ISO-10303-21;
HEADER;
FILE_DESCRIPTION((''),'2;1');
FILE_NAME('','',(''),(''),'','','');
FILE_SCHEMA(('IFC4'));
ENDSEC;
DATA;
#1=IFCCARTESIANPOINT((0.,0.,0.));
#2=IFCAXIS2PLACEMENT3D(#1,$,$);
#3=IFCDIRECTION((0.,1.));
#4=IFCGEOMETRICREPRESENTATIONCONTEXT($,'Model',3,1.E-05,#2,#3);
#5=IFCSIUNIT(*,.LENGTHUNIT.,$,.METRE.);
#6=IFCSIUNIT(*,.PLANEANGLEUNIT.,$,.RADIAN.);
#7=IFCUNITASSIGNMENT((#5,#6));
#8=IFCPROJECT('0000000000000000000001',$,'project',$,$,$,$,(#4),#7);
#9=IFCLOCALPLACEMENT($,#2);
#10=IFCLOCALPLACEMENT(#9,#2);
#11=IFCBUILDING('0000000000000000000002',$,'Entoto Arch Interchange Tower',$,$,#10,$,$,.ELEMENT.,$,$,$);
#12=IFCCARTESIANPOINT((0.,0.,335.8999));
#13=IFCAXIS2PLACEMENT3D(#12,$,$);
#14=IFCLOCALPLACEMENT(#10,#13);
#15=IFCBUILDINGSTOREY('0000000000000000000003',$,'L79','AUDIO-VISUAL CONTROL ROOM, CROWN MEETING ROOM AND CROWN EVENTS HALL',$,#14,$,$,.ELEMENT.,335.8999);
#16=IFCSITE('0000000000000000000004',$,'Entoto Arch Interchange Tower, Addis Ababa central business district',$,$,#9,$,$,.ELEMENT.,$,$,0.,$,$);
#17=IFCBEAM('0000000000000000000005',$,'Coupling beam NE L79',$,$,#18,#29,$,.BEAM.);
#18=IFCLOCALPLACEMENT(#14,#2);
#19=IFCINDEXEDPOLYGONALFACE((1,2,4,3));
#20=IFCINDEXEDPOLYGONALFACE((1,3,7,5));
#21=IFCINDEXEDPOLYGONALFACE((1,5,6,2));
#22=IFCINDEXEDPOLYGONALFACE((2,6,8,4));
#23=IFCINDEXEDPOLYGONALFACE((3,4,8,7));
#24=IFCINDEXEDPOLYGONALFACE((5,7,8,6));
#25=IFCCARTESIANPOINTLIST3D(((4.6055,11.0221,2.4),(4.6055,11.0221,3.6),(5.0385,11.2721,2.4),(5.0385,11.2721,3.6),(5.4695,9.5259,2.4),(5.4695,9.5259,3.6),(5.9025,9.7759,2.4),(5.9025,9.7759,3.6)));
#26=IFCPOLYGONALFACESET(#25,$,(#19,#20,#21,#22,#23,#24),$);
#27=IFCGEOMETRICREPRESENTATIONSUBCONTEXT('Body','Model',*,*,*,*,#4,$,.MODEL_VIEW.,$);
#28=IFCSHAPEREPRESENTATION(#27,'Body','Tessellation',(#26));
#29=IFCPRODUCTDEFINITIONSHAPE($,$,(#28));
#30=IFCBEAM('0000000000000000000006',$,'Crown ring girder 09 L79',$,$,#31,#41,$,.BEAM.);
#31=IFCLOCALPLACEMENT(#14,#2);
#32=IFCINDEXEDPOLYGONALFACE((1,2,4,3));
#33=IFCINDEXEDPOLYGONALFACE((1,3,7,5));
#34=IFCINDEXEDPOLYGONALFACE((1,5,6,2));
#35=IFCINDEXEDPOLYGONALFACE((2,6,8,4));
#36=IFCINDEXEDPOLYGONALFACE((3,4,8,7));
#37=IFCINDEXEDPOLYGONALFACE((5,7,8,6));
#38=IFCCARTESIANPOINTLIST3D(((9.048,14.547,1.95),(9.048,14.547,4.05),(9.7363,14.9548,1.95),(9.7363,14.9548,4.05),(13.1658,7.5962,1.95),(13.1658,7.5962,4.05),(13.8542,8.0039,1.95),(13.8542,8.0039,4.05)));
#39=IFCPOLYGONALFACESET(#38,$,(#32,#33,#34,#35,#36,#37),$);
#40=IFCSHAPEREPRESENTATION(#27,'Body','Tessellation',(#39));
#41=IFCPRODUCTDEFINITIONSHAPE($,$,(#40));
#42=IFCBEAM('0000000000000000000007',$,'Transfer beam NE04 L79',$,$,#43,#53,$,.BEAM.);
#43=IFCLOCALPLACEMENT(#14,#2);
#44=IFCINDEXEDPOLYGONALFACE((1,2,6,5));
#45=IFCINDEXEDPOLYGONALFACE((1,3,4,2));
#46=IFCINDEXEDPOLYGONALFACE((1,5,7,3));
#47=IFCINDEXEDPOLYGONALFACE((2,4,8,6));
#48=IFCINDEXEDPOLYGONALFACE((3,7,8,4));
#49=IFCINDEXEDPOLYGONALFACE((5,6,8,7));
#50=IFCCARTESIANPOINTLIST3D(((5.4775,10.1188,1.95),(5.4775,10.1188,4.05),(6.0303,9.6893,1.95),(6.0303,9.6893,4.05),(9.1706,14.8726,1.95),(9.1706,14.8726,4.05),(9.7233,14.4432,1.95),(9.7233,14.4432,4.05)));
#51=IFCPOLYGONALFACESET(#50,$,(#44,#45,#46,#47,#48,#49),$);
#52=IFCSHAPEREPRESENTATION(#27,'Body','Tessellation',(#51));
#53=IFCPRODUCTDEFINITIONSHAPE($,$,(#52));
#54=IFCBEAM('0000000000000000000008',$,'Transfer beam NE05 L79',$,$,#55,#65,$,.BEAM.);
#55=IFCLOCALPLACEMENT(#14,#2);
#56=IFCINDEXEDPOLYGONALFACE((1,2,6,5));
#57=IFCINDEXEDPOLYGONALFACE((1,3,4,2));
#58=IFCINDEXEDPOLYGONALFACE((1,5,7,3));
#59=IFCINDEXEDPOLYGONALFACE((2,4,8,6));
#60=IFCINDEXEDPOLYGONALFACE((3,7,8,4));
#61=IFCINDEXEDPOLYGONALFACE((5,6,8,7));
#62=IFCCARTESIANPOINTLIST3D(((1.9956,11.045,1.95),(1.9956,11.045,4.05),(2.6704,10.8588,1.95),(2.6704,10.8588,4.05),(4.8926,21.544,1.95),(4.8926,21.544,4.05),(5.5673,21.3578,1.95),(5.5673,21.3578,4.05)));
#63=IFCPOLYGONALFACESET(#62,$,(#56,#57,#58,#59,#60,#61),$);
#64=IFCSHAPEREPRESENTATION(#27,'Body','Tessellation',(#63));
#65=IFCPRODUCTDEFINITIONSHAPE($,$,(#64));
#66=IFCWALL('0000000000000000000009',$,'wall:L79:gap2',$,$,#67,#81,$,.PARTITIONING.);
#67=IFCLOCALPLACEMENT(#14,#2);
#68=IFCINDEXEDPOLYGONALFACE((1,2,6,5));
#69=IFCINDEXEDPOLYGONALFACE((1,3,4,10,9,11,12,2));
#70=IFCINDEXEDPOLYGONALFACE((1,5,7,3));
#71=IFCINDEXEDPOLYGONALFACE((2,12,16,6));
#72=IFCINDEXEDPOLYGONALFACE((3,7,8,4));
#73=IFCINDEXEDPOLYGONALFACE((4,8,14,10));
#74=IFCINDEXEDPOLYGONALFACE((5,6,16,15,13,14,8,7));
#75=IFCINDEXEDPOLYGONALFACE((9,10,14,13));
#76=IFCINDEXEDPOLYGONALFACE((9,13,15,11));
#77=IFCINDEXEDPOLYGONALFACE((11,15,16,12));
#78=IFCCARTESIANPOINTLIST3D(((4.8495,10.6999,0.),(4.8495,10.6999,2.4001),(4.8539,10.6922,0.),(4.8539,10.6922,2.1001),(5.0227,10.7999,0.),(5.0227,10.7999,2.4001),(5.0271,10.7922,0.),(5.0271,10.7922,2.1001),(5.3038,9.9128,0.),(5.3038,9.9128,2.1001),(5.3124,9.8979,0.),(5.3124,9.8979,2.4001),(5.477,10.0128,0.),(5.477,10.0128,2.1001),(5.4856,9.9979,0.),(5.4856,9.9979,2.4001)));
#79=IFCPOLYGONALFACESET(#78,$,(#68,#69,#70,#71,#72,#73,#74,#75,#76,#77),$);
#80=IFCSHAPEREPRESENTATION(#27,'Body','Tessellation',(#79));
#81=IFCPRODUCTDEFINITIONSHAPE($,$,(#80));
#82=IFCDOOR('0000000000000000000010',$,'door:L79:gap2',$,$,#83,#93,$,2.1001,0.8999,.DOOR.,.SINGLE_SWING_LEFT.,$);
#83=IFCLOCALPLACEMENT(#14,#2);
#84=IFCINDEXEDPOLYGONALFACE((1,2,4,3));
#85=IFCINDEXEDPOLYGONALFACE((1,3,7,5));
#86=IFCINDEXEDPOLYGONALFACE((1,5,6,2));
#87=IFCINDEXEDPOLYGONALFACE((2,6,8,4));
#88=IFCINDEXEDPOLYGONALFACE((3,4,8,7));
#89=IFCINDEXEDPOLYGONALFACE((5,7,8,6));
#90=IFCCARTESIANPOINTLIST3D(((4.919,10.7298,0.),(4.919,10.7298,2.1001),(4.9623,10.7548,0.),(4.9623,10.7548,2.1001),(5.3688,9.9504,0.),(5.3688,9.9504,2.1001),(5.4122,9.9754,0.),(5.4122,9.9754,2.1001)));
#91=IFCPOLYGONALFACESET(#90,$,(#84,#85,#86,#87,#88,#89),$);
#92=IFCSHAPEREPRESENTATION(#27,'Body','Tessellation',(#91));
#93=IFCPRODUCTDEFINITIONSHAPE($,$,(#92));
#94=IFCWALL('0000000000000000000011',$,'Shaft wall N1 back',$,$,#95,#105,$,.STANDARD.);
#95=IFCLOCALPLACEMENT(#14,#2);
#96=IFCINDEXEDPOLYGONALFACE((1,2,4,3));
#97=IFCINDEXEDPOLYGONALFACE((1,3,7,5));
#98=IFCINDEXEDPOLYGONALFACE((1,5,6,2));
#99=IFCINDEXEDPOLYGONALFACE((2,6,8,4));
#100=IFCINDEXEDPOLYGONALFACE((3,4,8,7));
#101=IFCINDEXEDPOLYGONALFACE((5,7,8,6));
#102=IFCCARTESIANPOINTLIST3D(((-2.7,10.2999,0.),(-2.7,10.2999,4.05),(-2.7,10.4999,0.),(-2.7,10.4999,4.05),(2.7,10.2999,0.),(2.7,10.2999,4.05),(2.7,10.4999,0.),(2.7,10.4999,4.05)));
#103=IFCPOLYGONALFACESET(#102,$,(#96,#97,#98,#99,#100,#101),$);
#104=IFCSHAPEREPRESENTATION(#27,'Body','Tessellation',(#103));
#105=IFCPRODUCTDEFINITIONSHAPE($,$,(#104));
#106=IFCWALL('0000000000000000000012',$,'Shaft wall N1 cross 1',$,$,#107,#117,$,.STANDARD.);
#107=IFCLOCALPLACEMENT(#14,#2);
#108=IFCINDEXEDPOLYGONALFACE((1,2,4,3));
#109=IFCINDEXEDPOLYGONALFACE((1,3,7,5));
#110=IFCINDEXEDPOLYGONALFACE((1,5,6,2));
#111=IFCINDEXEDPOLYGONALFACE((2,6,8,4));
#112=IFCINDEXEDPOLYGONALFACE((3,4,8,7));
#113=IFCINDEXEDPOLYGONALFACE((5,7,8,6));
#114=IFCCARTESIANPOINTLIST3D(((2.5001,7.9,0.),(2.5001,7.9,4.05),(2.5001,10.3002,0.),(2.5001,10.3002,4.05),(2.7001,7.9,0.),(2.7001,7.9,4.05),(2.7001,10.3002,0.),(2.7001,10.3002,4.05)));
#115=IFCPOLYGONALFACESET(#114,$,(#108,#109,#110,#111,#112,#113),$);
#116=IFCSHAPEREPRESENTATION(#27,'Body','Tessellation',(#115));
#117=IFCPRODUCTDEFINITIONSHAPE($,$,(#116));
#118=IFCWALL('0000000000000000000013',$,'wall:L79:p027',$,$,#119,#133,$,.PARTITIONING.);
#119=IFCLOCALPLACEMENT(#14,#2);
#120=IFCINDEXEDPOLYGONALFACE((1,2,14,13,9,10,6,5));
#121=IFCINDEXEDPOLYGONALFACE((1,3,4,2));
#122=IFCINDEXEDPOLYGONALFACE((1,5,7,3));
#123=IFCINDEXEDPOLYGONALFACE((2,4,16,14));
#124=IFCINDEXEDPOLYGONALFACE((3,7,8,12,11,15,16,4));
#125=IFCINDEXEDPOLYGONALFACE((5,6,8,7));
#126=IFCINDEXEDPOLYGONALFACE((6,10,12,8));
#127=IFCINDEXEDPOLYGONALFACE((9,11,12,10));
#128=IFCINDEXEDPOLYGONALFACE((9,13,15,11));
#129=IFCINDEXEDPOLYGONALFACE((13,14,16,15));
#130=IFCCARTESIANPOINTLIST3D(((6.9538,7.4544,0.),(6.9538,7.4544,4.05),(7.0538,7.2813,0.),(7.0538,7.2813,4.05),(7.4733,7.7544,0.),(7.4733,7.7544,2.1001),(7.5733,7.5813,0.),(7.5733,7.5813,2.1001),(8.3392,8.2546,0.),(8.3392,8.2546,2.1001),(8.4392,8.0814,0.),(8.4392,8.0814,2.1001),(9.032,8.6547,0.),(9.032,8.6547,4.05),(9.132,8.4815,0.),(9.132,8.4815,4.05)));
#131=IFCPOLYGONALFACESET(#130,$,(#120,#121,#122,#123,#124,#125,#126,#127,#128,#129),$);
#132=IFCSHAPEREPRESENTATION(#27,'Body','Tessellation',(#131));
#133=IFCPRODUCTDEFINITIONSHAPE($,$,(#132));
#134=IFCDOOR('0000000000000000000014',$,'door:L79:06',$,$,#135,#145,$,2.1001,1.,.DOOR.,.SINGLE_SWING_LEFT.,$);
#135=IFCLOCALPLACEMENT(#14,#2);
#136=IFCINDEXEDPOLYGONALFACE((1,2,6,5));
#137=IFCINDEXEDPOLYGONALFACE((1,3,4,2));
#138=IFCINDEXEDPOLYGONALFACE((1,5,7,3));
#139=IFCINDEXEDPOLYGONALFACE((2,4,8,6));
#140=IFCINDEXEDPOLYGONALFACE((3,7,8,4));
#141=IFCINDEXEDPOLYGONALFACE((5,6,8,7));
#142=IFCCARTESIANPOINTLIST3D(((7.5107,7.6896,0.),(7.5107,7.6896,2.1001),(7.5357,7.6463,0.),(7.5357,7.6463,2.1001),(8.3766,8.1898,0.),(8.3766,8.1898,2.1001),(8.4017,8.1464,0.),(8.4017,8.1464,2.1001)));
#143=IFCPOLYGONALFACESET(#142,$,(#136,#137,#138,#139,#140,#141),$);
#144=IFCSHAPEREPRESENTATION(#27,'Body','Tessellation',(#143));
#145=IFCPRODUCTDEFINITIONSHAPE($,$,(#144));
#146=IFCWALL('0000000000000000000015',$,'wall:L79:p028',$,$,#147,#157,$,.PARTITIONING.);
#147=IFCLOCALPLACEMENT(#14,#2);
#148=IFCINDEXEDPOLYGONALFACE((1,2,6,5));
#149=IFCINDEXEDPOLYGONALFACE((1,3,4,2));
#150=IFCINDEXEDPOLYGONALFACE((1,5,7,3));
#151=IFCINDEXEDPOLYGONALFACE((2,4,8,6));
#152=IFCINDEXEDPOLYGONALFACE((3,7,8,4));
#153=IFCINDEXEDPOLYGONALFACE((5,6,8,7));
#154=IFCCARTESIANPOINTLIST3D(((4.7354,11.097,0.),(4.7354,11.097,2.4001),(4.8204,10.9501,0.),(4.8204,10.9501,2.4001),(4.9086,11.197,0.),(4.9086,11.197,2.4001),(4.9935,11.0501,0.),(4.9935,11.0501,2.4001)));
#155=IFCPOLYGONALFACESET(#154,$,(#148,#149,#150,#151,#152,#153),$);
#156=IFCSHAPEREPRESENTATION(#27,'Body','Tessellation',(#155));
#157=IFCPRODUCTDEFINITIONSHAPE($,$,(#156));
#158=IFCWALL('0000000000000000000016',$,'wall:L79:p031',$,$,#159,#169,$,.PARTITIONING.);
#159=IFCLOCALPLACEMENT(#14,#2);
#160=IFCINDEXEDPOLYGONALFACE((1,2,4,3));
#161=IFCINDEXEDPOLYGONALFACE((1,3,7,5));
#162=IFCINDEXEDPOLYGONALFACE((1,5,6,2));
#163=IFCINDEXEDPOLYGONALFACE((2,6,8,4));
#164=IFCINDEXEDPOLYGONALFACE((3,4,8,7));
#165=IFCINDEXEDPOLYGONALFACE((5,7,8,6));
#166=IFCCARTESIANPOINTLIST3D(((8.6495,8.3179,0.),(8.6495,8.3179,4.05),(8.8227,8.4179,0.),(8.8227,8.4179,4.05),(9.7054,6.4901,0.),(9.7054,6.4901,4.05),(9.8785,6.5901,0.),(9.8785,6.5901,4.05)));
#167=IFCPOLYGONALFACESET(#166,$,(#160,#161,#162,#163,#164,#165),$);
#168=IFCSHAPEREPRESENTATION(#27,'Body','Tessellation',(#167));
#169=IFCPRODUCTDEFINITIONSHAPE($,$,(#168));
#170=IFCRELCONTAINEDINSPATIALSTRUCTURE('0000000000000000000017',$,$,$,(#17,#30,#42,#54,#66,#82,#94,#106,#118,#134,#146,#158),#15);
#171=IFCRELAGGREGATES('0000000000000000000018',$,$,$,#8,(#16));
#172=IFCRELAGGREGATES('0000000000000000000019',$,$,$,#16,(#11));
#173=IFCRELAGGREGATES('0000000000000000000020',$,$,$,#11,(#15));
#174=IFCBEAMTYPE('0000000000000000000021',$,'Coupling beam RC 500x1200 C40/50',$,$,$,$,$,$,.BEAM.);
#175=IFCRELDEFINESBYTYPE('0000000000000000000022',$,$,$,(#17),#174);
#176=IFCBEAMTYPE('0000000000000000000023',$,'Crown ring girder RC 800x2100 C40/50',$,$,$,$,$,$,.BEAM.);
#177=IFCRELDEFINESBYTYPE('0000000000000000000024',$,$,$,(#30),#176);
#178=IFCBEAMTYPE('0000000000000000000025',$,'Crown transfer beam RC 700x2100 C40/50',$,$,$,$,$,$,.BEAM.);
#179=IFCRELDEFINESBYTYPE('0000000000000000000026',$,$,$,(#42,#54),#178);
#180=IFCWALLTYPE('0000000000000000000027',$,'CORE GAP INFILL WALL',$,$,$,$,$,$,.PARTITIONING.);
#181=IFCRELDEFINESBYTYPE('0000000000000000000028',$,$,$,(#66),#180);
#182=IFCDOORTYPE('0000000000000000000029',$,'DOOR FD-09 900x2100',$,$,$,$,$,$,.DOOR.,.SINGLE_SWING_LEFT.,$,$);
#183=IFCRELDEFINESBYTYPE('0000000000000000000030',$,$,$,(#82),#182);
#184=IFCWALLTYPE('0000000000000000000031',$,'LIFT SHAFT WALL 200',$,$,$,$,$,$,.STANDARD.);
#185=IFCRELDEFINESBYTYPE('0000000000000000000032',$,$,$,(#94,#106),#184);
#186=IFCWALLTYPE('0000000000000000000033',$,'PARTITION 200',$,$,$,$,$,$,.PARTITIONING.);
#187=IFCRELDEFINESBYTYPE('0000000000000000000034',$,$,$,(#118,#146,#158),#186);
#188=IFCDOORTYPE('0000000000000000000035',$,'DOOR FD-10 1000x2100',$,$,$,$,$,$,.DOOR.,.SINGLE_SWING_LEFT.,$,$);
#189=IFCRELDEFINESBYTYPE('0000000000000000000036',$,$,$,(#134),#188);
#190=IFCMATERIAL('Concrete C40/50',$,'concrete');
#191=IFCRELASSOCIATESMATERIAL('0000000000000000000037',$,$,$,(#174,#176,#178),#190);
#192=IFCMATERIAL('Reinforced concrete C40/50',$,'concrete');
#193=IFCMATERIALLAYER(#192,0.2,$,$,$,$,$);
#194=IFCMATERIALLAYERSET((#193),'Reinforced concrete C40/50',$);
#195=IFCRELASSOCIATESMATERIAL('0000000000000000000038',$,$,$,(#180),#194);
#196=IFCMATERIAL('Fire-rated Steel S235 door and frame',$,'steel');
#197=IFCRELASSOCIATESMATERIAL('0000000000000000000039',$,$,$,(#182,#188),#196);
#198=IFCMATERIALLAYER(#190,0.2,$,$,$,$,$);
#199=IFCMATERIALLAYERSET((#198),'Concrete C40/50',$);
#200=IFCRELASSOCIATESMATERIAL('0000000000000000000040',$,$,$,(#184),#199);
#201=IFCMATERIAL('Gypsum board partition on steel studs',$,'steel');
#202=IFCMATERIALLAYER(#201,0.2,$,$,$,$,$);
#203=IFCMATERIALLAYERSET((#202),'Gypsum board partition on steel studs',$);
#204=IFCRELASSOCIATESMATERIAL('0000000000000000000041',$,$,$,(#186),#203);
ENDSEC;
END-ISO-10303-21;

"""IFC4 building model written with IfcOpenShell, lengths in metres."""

from ifc_helpers import new_model, si_unit, direction, frame, frame_2d, origin, origin_2d, place, context, subcontext, project, spatial, rectangle, extrude, material, layer, layer_set, material_profile, profile_set, type_object, element, fill, save


model = new_model("IFC4")

# Units and contexts
model_context = context("Model", 3, precision=1e-05, world=origin(), true_north=direction((0.0, 1.0)))
body_context = subcontext(model_context, "Body", "Model", "MODEL_VIEW")
ifc_project = project(units=[si_unit("LENGTHUNIT", "METRE"), si_unit("PLANEANGLEUNIT", "RADIAN")], contexts=[model_context])

# Site, building, storey
site_placement = place(None, origin())
site = spatial("IfcSite", under=ifc_project, at=site_placement, Name="Entoto Arch Interchange Tower, Addis Ababa central business district", CompositionType="ELEMENT", RefElevation=0.0)
building_placement = place(site_placement, origin())
building = spatial("IfcBuilding", under=site, at=building_placement, Name="Entoto Arch Interchange Tower", CompositionType="ELEMENT")
storey_placement = place(building_placement, frame((0.0, 0.0, 335.8999)))
storey = spatial("IfcBuildingStorey", under=building, at=storey_placement, Name="L79", Description="AUDIO-VISUAL CONTROL ROOM, CROWN MEETING ROOM AND CROWN EVENTS HALL", CompositionType="ELEMENT", Elevation=335.8999)

# Beams
ifc_material_1 = material(Name="Concrete C40/50", Category="concrete")
ifc_material_profile_1 = material_profile(ifc_material_1, rectangle(XDim=0.5, YDim=1.2, at=origin_2d()))
ifc_profile_set_1 = profile_set([ifc_material_profile_1], Name="Concrete C40/50")
beam_type_1 = type_object("IfcBeamType", Name="Coupling beam RC 500x1200 C40/50", PredefinedType="BEAM", material=ifc_profile_set_1)
beam_1_placement = place(storey_placement, frame((5.686, 9.6509, 3.0), z_axis=(-0.500106, 0.865964, 0.0), x_axis=(-0.865964, -0.500106, 0.0)))
element("IfcBeam", 1, at=beam_1_placement, inside=storey, type_object=beam_type_1, Name="Coupling beam NE L79", PredefinedType="BEAM", context=body_context, shape_type="SweptSolid", body=[
    extrude(rectangle(XDim=0.5, YDim=1.2, at=origin_2d()), origin(), (0.0, 0.0, 1.0), 1.7278),
])
ifc_material_profile_2 = material_profile(ifc_material_1, rectangle(XDim=0.8, YDim=2.1001, at=origin_2d()))
ifc_profile_set_2 = profile_set([ifc_material_profile_2], Name="Concrete C40/50")
beam_type_2 = type_object("IfcBeamType", Name="Crown ring girder RC 800x2100 C40/50", PredefinedType="BEAM", material=ifc_profile_set_2)
beam_2_placement = place(storey_placement, frame((13.51, 7.8, 3.0), z_axis=(-0.509697, 0.860354, 0.0), x_axis=(-0.860354, -0.509697, 0.0)))
element("IfcBeam", 2, at=beam_2_placement, inside=storey, type_object=beam_type_2, Name="Crown ring girder 09 L79", PredefinedType="BEAM", context=body_context, shape_type="SweptSolid", body=[
    extrude(rectangle(XDim=0.8, YDim=2.1001, at=origin_2d()), origin(), (0.0, 0.0, 1.0), 8.0791),
])
ifc_material_profile_3 = material_profile(ifc_material_1, rectangle(XDim=0.7, YDim=2.1001, at=origin_2d()))
ifc_profile_set_3 = profile_set([ifc_material_profile_3], Name="Concrete C40/50")
beam_type_3 = type_object("IfcBeamType", Name="Crown transfer beam RC 700x2100 C40/50", PredefinedType="BEAM", material=ifc_profile_set_3)
beam_3_placement = place(storey_placement, frame((5.7539, 9.9041, 3.0), z_axis=(0.613488, 0.789704, 0.0), x_axis=(-0.789704, 0.613488, 0.0)))
element("IfcBeam", 3, at=beam_3_placement, inside=storey, type_object=beam_type_3, Name="Transfer beam NE04 L79", PredefinedType="BEAM", context=body_context, shape_type="SweptSolid", body=[
    extrude(rectangle(XDim=0.7, YDim=2.1001, at=origin_2d()), origin(), (0.0, 0.0, 1.0), 6.0198),
])
beam_4_placement = place(storey_placement, frame((2.333, 10.9519, 3.0), z_axis=(0.265988, 0.963976, 0.0), x_axis=(-0.963976, 0.265988, 0.0)))
element("IfcBeam", 4, at=beam_4_placement, inside=storey, type_object=beam_type_3, Name="Transfer beam NE05 L79", PredefinedType="BEAM", context=body_context, shape_type="SweptSolid", body=[
    extrude(rectangle(XDim=0.7, YDim=2.1001, at=origin_2d()), origin(), (0.0, 0.0, 1.0), 10.8914),
])

# Wall, opening, door
ifc_material_2 = material(Name="Reinforced concrete C40/50", Category="concrete")
ifc_layer_1 = layer(ifc_material_2, 0.2)
ifc_layer_set_1 = layer_set([ifc_layer_1], Name="Reinforced concrete C40/50")
wall_type_1 = type_object("IfcWallType", Name="CORE GAP INFILL WALL", PredefinedType="PARTITIONING", material=ifc_layer_set_1)
wall_1_placement = place(storey_placement, frame((5.3989, 9.948, 0.0), z_axis=(0.0, 0.0, 1.0), x_axis=(-0.499882, 0.866093, 0.0)))
wall_1 = element("IfcWall", 5, at=wall_1_placement, inside=storey, type_object=wall_type_1, Name="wall:L79:gap2", PredefinedType="PARTITIONING", context=body_context, shape_type="SweptSolid", body=[
    extrude(rectangle(XDim=0.926, YDim=0.2, at=frame_2d((0.4629, 0.0))), origin(), (0.0, 0.0, 1.0), 2.4001),
])
opening_1_placement = place(wall_1_placement, frame((0.0171, 0.0, 0.0)))
opening_1 = element("IfcOpeningElement", 6, at=opening_1_placement, cuts=wall_1, PredefinedType="OPENING", context=body_context, shape_type="SweptSolid", body=[
    extrude(rectangle(XDim=0.8999, YDim=2.1001, at=frame_2d((0.45, 1.05))), frame((0.0, 0.1099, 0.0), z_axis=(0.0, -1.0, 0.0), x_axis=(1.0, 0.0, 0.0)), (0.0, 0.0, 1.0), 0.22),
])
ifc_material_3 = material(Name="Fire-rated Steel S235 door and frame", Category="steel")
door_type_1 = type_object("IfcDoorType", Name="DOOR FD-09 900x2100", OperationType="SINGLE_SWING_LEFT", PredefinedType="DOOR", material=ifc_material_3)
door_1_placement = place(opening_1_placement, origin())
door_1 = element("IfcDoor", 7, at=door_1_placement, inside=storey, type_object=door_type_1, Name="door:L79:gap2", OperationType="SINGLE_SWING_LEFT", OverallHeight=2.1001, OverallWidth=0.8999, PredefinedType="DOOR", context=body_context, shape_type="SweptSolid", body=[
    extrude(rectangle(XDim=0.8999, YDim=2.1001, at=frame_2d((0.45, 1.05))), frame((0.0, 0.0249, 0.0), z_axis=(0.0, -1.0, 0.0), x_axis=(1.0, 0.0, 0.0)), (0.0, 0.0, 1.0), 0.05),
])
fill(opening_1, door_1)

# Walls
ifc_layer_2 = layer(ifc_material_1, 0.2)
ifc_layer_set_2 = layer_set([ifc_layer_2], Name="Concrete C40/50")
wall_type_2 = type_object("IfcWallType", Name="LIFT SHAFT WALL 200", PredefinedType="STANDARD", material=ifc_layer_set_2)
wall_2_placement = place(storey_placement, frame((2.7, 10.3999, 0.0), z_axis=(0.0, 0.0, 1.0), x_axis=(-1.0, 0.0, 0.0)))
element("IfcWall", 8, at=wall_2_placement, inside=storey, type_object=wall_type_2, Name="Shaft wall N1 back", PredefinedType="STANDARD", context=body_context, shape_type="SweptSolid", body=[
    extrude(rectangle(XDim=5.3999, YDim=0.2, at=frame_2d((2.7, 0.0))), origin(), (0.0, 0.0, 1.0), 4.05),
])
wall_3_placement = place(storey_placement, frame((2.6001, 7.8999, 0.0), z_axis=(0.0, 0.0, 1.0), x_axis=(0.0, 1.0, 0.0)))
element("IfcWall", 9, at=wall_3_placement, inside=storey, type_object=wall_type_2, Name="Shaft wall N1 cross 1", PredefinedType="STANDARD", context=body_context, shape_type="SweptSolid", body=[
    extrude(rectangle(XDim=2.4001, YDim=0.2, at=frame_2d((1.2002, 0.0))), origin(), (0.0, 0.0, 1.0), 4.05),
])

# Wall, opening, door
ifc_material_4 = material(Name="Gypsum board partition on steel studs", Category="steel")
ifc_layer_3 = layer(ifc_material_4, 0.2)
ifc_layer_set_3 = layer_set([ifc_layer_3], Name="Gypsum board partition on steel studs")
wall_type_3 = type_object("IfcWallType", Name="PARTITION 200", PredefinedType="PARTITIONING", material=ifc_layer_set_3)
wall_4_placement = place(storey_placement, frame((9.082, 8.5681, 0.0), z_axis=(0.0, 0.0, 1.0), x_axis=(-0.865955, -0.500122, 0.0)))
wall_4 = element("IfcWall", 10, at=wall_4_placement, inside=storey, type_object=wall_type_3, Name="wall:L79:p027", PredefinedType="PARTITIONING", context=body_context, shape_type="SweptSolid", body=[
    extrude(rectangle(XDim=2.3999, YDim=0.2, at=frame_2d((1.2, 0.0))), origin(), (0.0, 0.0, 1.0), 4.05),
])
opening_2_placement = place(wall_4_placement, frame((0.8, 0.0, 0.0)))
opening_2 = element("IfcOpeningElement", 11, at=opening_2_placement, cuts=wall_4, PredefinedType="OPENING", context=body_context, shape_type="SweptSolid", body=[
    extrude(rectangle(XDim=1.0, YDim=2.1001, at=frame_2d((0.5, 1.05))), frame((0.0, 0.1099, 0.0), z_axis=(0.0, -1.0, 0.0), x_axis=(1.0, 0.0, 0.0)), (0.0, 0.0, 1.0), 0.22),
])
door_type_2 = type_object("IfcDoorType", Name="DOOR FD-10 1000x2100", OperationType="SINGLE_SWING_LEFT", PredefinedType="DOOR", material=ifc_material_3)
door_2_placement = place(opening_2_placement, origin())
door_2 = element("IfcDoor", 12, at=door_2_placement, inside=storey, type_object=door_type_2, Name="door:L79:06", OperationType="SINGLE_SWING_LEFT", OverallHeight=2.1001, OverallWidth=1.0, PredefinedType="DOOR", context=body_context, shape_type="SweptSolid", body=[
    extrude(rectangle(XDim=1.0, YDim=2.1001, at=frame_2d((0.5, 1.05))), frame((0.0, 0.0249, 0.0), z_axis=(0.0, -1.0, 0.0), x_axis=(1.0, 0.0, 0.0)), (0.0, 0.0, 1.0), 0.05),
])
fill(opening_2, door_2)

# Walls
wall_5_placement = place(storey_placement, frame((4.907, 11.0, 0.0), z_axis=(0.0, 0.0, 1.0), x_axis=(-0.500469, 0.865754, 0.0)))
element("IfcWall", 13, at=wall_5_placement, inside=storey, type_object=wall_type_3, Name="wall:L79:p028", PredefinedType="PARTITIONING", context=body_context, shape_type="SweptSolid", body=[
    extrude(rectangle(XDim=0.1697, YDim=0.2, at=frame_2d((0.085, 0.0))), origin(), (0.0, 0.0, 1.0), 2.4001),
])
wall_6_placement = place(storey_placement, frame((8.7361, 8.3679, 0.0), z_axis=(0.0, 0.0, 1.0), x_axis=(0.500206, -0.865906, 0.0)))
element("IfcWall", 14, at=wall_6_placement, inside=storey, type_object=wall_type_3, Name="wall:L79:p031", PredefinedType="PARTITIONING", context=body_context, shape_type="SweptSolid", body=[
    extrude(rectangle(XDim=2.1108, YDim=0.2, at=frame_2d((1.0554, 0.0))), origin(), (0.0, 0.0, 1.0), 4.05),
])

save(model, "model.ifc")
